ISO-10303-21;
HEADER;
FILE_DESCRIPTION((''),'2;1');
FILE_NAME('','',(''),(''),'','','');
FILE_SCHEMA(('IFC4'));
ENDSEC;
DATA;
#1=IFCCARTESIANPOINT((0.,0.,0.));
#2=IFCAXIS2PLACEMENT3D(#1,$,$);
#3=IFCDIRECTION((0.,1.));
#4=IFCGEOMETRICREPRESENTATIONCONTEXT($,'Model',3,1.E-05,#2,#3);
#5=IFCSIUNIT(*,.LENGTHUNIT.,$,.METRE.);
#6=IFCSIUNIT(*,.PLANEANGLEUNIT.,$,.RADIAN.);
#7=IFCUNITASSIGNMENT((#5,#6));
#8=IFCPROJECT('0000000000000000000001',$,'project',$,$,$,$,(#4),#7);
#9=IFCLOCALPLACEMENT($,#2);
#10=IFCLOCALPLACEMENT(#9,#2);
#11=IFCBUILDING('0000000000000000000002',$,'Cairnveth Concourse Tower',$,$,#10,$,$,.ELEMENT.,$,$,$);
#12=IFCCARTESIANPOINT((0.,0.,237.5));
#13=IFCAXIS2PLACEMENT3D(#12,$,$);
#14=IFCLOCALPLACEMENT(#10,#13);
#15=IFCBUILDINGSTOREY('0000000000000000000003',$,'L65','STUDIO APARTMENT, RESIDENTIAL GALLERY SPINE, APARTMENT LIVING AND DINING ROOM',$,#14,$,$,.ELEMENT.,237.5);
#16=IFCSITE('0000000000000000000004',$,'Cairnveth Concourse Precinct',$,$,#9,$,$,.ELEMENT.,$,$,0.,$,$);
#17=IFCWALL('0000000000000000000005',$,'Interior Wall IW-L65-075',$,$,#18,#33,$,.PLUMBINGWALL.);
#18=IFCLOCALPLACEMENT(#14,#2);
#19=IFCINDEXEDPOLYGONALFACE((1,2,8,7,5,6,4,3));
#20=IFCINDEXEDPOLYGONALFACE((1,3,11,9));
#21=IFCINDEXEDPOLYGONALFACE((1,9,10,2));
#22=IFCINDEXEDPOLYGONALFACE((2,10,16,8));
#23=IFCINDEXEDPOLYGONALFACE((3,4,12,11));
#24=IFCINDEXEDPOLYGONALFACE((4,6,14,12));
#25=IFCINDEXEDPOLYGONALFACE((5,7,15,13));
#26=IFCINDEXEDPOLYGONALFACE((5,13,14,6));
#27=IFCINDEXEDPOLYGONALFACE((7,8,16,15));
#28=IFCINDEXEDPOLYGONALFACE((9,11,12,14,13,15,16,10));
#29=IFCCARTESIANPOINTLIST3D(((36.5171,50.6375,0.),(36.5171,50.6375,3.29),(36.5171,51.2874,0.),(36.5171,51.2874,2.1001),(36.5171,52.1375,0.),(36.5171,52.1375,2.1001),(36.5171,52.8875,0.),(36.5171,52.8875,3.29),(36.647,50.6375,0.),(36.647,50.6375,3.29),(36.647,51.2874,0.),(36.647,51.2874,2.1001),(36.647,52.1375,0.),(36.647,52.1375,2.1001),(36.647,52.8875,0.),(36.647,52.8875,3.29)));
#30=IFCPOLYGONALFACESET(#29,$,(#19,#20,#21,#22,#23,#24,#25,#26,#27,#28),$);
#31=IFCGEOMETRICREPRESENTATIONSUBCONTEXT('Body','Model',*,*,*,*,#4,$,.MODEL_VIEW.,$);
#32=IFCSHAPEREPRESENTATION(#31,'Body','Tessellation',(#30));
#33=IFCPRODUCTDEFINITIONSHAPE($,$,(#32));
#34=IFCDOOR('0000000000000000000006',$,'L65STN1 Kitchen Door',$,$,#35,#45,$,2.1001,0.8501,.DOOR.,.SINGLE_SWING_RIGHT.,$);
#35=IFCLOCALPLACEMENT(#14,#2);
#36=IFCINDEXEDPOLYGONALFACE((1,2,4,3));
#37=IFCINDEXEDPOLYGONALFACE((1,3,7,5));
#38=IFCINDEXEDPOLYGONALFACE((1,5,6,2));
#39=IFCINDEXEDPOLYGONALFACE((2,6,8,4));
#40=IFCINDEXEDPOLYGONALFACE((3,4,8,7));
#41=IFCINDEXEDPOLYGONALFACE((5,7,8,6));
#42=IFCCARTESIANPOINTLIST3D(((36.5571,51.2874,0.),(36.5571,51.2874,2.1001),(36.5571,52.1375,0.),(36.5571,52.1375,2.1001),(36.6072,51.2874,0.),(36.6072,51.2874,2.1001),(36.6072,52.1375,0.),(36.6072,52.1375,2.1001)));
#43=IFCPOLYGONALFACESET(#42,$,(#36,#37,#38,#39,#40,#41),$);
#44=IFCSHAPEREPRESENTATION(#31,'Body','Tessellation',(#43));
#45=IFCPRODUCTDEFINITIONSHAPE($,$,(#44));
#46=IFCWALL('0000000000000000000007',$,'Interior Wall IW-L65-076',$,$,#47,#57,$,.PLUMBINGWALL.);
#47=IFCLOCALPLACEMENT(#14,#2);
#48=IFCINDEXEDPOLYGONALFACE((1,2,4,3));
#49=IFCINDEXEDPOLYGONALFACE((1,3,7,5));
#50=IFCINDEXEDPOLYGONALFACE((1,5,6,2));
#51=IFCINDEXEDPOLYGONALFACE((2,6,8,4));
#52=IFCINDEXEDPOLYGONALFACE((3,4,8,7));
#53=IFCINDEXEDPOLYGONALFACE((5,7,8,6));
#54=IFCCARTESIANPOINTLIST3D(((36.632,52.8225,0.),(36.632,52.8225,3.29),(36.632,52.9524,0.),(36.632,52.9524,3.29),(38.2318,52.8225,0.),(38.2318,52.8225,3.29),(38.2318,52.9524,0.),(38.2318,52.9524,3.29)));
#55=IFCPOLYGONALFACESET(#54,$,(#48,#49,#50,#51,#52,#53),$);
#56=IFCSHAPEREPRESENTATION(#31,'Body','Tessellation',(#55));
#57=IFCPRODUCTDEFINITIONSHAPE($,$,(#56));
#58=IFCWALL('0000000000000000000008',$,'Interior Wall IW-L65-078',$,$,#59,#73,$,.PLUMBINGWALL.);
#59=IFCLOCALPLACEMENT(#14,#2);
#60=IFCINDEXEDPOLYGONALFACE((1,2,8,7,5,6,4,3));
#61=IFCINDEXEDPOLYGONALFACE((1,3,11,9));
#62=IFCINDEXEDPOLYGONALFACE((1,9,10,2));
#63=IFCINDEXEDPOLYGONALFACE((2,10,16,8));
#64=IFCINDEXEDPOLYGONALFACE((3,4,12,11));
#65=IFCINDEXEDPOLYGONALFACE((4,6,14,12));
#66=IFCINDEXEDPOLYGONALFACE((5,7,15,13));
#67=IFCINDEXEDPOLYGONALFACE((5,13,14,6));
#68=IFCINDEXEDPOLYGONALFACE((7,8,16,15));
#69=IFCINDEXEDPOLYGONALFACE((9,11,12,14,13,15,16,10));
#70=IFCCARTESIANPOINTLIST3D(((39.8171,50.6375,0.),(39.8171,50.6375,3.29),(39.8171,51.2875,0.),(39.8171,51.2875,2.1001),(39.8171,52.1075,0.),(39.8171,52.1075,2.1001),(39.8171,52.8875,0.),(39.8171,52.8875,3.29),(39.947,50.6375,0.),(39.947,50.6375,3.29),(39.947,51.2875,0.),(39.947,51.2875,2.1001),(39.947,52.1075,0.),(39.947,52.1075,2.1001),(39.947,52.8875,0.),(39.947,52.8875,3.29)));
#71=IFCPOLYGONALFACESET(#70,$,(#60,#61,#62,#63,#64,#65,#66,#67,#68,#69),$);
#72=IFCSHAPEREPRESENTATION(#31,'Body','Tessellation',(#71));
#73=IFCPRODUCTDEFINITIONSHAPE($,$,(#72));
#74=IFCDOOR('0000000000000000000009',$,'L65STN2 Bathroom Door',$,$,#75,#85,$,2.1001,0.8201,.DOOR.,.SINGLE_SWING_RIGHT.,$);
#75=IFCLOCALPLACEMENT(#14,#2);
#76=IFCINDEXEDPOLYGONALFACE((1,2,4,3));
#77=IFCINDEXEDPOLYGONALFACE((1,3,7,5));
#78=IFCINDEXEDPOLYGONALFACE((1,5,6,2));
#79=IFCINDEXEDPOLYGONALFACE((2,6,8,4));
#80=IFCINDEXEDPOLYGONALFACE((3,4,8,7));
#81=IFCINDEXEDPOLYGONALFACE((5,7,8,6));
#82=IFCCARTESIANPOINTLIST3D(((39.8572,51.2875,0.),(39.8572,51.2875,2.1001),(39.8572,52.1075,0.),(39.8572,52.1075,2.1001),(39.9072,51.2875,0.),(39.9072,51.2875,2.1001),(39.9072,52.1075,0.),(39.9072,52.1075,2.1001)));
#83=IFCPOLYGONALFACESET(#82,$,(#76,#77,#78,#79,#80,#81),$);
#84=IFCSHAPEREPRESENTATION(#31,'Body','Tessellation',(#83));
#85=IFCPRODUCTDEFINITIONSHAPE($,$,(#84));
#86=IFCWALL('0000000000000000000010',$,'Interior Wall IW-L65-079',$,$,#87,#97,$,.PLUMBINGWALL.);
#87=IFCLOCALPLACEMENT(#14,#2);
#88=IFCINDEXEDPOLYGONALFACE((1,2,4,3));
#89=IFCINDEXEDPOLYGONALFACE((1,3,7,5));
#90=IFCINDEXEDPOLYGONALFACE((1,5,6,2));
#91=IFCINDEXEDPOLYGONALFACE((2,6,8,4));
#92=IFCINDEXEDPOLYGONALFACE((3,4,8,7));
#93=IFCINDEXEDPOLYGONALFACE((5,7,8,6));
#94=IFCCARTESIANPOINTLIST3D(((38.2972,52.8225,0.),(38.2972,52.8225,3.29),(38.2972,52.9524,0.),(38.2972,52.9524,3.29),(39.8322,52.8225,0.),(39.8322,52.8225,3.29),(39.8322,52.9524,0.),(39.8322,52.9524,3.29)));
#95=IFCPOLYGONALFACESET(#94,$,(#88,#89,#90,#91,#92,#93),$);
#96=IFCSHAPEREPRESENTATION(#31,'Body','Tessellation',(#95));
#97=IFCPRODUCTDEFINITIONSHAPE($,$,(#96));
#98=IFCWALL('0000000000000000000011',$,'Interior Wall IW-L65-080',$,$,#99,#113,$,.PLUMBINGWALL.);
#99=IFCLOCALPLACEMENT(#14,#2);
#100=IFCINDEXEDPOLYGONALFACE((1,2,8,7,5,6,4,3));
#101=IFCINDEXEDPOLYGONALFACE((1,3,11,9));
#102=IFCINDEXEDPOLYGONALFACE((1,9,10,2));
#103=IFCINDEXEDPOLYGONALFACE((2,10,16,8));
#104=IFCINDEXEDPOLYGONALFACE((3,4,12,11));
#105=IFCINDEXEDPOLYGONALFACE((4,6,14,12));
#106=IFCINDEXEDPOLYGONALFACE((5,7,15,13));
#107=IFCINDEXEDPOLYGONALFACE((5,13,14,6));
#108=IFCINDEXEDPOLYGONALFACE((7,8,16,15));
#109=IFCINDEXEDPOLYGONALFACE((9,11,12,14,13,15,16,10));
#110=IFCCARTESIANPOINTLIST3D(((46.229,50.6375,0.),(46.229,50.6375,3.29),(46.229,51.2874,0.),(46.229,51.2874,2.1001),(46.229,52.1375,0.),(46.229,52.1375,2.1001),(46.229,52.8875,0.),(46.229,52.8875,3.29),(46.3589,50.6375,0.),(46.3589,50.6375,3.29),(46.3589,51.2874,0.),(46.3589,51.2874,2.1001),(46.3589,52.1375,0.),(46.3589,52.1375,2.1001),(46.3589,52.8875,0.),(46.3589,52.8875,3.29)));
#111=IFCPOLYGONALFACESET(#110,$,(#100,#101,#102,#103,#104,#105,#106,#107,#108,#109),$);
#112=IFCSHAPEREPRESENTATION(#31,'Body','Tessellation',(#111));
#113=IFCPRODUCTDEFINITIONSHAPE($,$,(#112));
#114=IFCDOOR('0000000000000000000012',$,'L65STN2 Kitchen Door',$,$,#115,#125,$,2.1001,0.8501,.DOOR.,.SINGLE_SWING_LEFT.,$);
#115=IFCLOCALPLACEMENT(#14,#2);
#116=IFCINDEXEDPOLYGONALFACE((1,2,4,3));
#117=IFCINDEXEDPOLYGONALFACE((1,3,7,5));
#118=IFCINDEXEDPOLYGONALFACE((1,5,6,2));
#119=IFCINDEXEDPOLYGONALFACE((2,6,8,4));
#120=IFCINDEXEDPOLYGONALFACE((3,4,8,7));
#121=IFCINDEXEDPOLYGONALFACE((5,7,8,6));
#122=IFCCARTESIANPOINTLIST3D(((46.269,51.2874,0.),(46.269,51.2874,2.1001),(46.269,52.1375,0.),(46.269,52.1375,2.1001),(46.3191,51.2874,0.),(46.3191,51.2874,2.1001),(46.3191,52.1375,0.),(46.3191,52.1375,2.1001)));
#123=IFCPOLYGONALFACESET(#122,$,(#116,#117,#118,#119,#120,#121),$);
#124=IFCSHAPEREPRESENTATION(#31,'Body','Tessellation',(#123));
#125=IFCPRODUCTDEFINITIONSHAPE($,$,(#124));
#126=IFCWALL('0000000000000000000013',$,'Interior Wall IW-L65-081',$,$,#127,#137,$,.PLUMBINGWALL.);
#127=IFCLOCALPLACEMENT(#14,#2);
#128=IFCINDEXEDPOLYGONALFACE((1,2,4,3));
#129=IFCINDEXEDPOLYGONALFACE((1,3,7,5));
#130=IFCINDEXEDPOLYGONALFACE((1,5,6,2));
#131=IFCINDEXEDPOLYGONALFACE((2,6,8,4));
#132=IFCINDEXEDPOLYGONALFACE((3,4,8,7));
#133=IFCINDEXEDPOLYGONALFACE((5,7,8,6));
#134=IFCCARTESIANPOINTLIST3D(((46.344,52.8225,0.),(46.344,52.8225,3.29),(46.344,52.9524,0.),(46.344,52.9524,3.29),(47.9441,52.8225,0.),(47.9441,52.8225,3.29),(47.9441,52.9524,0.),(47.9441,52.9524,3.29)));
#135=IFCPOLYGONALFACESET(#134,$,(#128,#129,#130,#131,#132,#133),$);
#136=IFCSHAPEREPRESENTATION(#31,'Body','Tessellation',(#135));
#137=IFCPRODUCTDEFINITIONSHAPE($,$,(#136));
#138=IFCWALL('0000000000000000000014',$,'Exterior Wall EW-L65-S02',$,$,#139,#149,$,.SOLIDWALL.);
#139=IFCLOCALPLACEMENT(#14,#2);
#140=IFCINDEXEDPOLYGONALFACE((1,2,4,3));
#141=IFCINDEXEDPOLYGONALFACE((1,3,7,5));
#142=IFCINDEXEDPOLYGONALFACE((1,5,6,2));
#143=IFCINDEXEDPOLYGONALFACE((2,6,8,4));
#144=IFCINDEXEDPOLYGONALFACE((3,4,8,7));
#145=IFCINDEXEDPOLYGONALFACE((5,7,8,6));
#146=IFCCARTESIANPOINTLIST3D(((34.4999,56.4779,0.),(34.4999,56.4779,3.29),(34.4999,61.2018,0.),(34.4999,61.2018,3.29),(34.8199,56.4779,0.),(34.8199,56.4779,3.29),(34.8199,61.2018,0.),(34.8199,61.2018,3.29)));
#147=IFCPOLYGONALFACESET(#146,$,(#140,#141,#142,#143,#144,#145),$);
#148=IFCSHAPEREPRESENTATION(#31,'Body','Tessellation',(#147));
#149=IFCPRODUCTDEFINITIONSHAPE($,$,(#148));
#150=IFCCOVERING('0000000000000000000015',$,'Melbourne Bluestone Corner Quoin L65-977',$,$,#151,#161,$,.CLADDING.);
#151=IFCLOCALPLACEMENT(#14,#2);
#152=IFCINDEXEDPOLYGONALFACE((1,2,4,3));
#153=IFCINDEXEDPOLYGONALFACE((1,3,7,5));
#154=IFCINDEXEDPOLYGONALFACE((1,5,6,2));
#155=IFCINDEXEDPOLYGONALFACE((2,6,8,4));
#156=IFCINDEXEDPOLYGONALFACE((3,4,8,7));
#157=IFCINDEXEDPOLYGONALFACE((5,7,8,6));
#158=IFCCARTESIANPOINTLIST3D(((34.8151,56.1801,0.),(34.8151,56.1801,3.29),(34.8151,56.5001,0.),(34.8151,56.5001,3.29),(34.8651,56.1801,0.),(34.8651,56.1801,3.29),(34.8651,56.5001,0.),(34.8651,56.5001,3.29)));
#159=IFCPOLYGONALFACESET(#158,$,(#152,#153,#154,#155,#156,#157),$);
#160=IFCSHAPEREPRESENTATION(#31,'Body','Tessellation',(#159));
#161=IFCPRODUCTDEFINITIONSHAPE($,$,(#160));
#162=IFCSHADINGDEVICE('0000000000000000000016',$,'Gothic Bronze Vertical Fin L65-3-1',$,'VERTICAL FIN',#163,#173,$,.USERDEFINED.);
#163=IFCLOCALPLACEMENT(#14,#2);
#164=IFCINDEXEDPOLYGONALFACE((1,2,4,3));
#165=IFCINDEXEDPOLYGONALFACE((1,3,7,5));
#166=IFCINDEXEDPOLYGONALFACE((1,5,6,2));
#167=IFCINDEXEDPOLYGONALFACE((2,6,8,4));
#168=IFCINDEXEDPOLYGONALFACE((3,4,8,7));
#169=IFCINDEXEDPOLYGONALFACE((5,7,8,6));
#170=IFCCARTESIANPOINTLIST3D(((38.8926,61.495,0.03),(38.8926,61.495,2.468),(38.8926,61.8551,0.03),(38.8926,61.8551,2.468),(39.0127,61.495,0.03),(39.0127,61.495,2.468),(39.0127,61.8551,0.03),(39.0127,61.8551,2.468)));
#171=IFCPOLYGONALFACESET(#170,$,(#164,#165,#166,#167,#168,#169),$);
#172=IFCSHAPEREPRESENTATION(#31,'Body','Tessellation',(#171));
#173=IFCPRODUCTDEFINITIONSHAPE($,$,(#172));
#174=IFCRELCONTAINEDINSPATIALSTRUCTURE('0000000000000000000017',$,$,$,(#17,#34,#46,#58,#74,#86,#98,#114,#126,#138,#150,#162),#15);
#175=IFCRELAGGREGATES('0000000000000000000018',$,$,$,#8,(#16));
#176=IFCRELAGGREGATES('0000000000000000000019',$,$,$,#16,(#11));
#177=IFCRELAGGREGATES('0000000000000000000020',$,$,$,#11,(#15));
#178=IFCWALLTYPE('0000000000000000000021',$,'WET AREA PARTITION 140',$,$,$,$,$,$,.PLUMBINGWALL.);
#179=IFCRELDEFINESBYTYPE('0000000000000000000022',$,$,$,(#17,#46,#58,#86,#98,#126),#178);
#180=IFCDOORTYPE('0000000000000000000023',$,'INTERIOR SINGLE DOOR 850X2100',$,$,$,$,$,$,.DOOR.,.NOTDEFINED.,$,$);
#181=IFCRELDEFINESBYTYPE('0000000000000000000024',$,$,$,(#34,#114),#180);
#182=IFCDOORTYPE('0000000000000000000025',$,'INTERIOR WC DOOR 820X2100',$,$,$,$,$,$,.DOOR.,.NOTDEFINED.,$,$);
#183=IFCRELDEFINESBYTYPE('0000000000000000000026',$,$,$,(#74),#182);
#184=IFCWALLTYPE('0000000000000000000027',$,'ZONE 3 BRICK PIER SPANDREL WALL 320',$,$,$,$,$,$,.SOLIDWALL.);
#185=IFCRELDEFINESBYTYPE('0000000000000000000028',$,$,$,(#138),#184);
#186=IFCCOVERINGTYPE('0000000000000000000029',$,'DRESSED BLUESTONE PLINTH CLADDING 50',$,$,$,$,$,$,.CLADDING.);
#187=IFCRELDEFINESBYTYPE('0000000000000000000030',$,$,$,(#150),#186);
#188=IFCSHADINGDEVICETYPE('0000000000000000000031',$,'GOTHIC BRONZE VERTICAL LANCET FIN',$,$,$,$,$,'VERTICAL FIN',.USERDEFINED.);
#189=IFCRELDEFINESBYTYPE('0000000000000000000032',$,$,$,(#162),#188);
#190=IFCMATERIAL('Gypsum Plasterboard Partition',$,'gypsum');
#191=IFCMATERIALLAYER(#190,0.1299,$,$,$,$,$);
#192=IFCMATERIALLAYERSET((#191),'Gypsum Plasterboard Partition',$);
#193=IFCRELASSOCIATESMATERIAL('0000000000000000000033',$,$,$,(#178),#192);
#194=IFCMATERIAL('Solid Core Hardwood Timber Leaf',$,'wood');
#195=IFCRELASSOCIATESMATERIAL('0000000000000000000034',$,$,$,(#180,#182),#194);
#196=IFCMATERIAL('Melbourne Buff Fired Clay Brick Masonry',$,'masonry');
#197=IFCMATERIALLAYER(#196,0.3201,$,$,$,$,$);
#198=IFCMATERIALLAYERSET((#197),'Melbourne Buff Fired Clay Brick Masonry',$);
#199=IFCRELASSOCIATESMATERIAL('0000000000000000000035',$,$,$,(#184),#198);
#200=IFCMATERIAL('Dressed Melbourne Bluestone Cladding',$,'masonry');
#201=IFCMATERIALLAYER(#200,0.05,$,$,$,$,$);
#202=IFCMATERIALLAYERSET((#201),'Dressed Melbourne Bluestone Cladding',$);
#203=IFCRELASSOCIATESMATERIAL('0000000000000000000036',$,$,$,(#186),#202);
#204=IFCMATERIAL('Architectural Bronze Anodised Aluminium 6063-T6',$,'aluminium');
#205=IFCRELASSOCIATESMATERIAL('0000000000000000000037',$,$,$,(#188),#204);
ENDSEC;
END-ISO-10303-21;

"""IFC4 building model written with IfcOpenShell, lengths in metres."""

from ifc_helpers import new_model, si_unit, direction, frame, frame_2d, origin, origin_2d, place, context, subcontext, project, spatial, rectangle, extrude, material, layer, layer_set, type_object, element, fill, save


model = new_model("IFC4")

# Units and contexts
model_context = context("Model", 3, precision=1e-05, world=origin(), true_north=direction((0.0, 1.0)))
body_context = subcontext(model_context, "Body", "Model", "MODEL_VIEW")
ifc_project = project(units=[si_unit("LENGTHUNIT", "METRE"), si_unit("PLANEANGLEUNIT", "RADIAN")], contexts=[model_context])

# Site, building, storey
site_placement = place(None, origin())
site = spatial("IfcSite", under=ifc_project, at=site_placement, Name="Cairnveth Concourse Precinct", CompositionType="ELEMENT", RefElevation=0.0)
building_placement = place(site_placement, origin())
building = spatial("IfcBuilding", under=site, at=building_placement, Name="Cairnveth Concourse Tower", CompositionType="ELEMENT")
storey_placement = place(building_placement, frame((0.0, 0.0, 237.5)))
storey = spatial("IfcBuildingStorey", under=building, at=storey_placement, Name="L65", Description="STUDIO APARTMENT, RESIDENTIAL GALLERY SPINE, APARTMENT LIVING AND DINING ROOM", CompositionType="ELEMENT", Elevation=237.5)

# Shared definitions
ifc_material_1 = material(Name="Gypsum Plasterboard Partition", Category="gypsum")

# Wall, opening, door
ifc_layer_1 = layer(ifc_material_1, 0.1299)
ifc_layer_set_1 = layer_set([ifc_layer_1], Name="Gypsum Plasterboard Partition")
wall_type_1 = type_object("IfcWallType", Name="WET AREA PARTITION 140", PredefinedType="PLUMBINGWALL", material=ifc_layer_set_1)
wall_1_placement = place(storey_placement, frame((36.582, 50.6375, 0.0), z_axis=(0.0, 0.0, 1.0), x_axis=(0.0, 1.0, 0.0)))
wall_1 = element("IfcWall", 1, at=wall_1_placement, inside=storey, type_object=wall_type_1, Name="Interior Wall IW-L65-075", PredefinedType="PLUMBINGWALL", context=body_context, shape_type="SweptSolid", body=[
    extrude(rectangle(XDim=2.25, YDim=0.1299, at=frame_2d((1.125, 0.0))), origin(), (0.0, 0.0, 1.0), 3.29),
])
opening_1_placement = place(wall_1_placement, frame((0.6499, 0.0, 0.0)))
opening_1 = element("IfcOpeningElement", 2, at=opening_1_placement, cuts=wall_1, PredefinedType="OPENING", context=body_context, shape_type="SweptSolid", body=[
    extrude(rectangle(XDim=0.8501, YDim=2.1001, at=frame_2d((0.425, 1.05))), frame((0.0, 0.075, 0.0), z_axis=(0.0, -1.0, 0.0), x_axis=(1.0, 0.0, 0.0)), (0.0, 0.0, 1.0), 0.1499),
])
ifc_material_2 = material(Name="Solid Core Hardwood Timber Leaf", Category="wood")
door_type_1 = type_object("IfcDoorType", Name="INTERIOR SINGLE DOOR 850X2100", OperationType="NOTDEFINED", PredefinedType="DOOR", material=ifc_material_2)
door_1_placement = place(opening_1_placement, origin())
door_1 = element("IfcDoor", 3, at=door_1_placement, inside=storey, type_object=door_type_1, Name="L65STN1 Kitchen Door", OperationType="SINGLE_SWING_RIGHT", OverallHeight=2.1001, OverallWidth=0.8501, PredefinedType="DOOR", context=body_context, shape_type="SweptSolid", body=[
    extrude(rectangle(XDim=0.8501, YDim=2.1001, at=frame_2d((0.425, 1.05))), frame((0.0, 0.0249, 0.0), z_axis=(0.0, -1.0, 0.0), x_axis=(1.0, 0.0, 0.0)), (0.0, 0.0, 1.0), 0.05),
])
fill(opening_1, door_1)

# Wall
wall_2_placement = place(storey_placement, frame((36.6321, 52.8875, 0.0), z_axis=(0.0, 0.0, 1.0), x_axis=(1.0, 0.0, 0.0)))
element("IfcWall", 4, at=wall_2_placement, inside=storey, type_object=wall_type_1, Name="Interior Wall IW-L65-076", PredefinedType="PLUMBINGWALL", context=body_context, shape_type="SweptSolid", body=[
    extrude(rectangle(XDim=1.5999, YDim=0.1299, at=frame_2d((0.7998, 0.0))), origin(), (0.0, 0.0, 1.0), 3.29),
])

# Wall, opening, door
wall_3_placement = place(storey_placement, frame((39.8821, 50.6375, 0.0), z_axis=(0.0, 0.0, 1.0), x_axis=(0.0, 1.0, 0.0)))
wall_3 = element("IfcWall", 5, at=wall_3_placement, inside=storey, type_object=wall_type_1, Name="Interior Wall IW-L65-078", PredefinedType="PLUMBINGWALL", context=body_context, shape_type="SweptSolid", body=[
    extrude(rectangle(XDim=2.25, YDim=0.1299, at=frame_2d((1.125, 0.0))), origin(), (0.0, 0.0, 1.0), 3.29),
])
opening_2_placement = place(wall_3_placement, frame((0.6499, 0.0, 0.0)))
opening_2 = element("IfcOpeningElement", 6, at=opening_2_placement, cuts=wall_3, PredefinedType="OPENING", context=body_context, shape_type="SweptSolid", body=[
    extrude(rectangle(XDim=0.8201, YDim=2.1001, at=frame_2d((0.4102, 1.05))), frame((0.0, 0.075, 0.0), z_axis=(0.0, -1.0, 0.0), x_axis=(1.0, 0.0, 0.0)), (0.0, 0.0, 1.0), 0.1499),
])
door_type_2 = type_object("IfcDoorType", Name="INTERIOR WC DOOR 820X2100", OperationType="NOTDEFINED", PredefinedType="DOOR", material=ifc_material_2)
door_2_placement = place(opening_2_placement, origin())
door_2 = element("IfcDoor", 7, at=door_2_placement, inside=storey, type_object=door_type_2, Name="L65STN2 Bathroom Door", OperationType="SINGLE_SWING_RIGHT", OverallHeight=2.1001, OverallWidth=0.8201, PredefinedType="DOOR", context=body_context, shape_type="SweptSolid", body=[
    extrude(rectangle(XDim=0.8201, YDim=2.1001, at=frame_2d((0.4102, 1.05))), frame((0.0, 0.0249, 0.0), z_axis=(0.0, -1.0, 0.0), x_axis=(1.0, 0.0, 0.0)), (0.0, 0.0, 1.0), 0.05),
])
fill(opening_2, door_2)

# Wall
wall_4_placement = place(storey_placement, frame((38.2971, 52.8875, 0.0), z_axis=(0.0, 0.0, 1.0), x_axis=(1.0, 0.0, 0.0)))
element("IfcWall", 8, at=wall_4_placement, inside=storey, type_object=wall_type_1, Name="Interior Wall IW-L65-079", PredefinedType="PLUMBINGWALL", context=body_context, shape_type="SweptSolid", body=[
    extrude(rectangle(XDim=1.5349, YDim=0.1299, at=frame_2d((0.7676, 0.0))), origin(), (0.0, 0.0, 1.0), 3.29),
])

# Wall, opening, door
wall_5_placement = place(storey_placement, frame((46.2939, 50.6375, 0.0), z_axis=(0.0, 0.0, 1.0), x_axis=(0.0, 1.0, 0.0)))
wall_5 = element("IfcWall", 9, at=wall_5_placement, inside=storey, type_object=wall_type_1, Name="Interior Wall IW-L65-080", PredefinedType="PLUMBINGWALL", context=body_context, shape_type="SweptSolid", body=[
    extrude(rectangle(XDim=2.25, YDim=0.1299, at=frame_2d((1.125, 0.0))), origin(), (0.0, 0.0, 1.0), 3.29),
])
opening_3_placement = place(wall_5_placement, frame((0.6499, 0.0, 0.0)))
opening_3 = element("IfcOpeningElement", 10, at=opening_3_placement, cuts=wall_5, PredefinedType="OPENING", context=body_context, shape_type="SweptSolid", body=[
    extrude(rectangle(XDim=0.8501, YDim=2.1001, at=frame_2d((0.425, 1.05))), frame((0.0, 0.075, 0.0), z_axis=(0.0, -1.0, 0.0), x_axis=(1.0, 0.0, 0.0)), (0.0, 0.0, 1.0), 0.1499),
])
door_3_placement = place(opening_3_placement, origin())
door_3 = element("IfcDoor", 11, at=door_3_placement, inside=storey, type_object=door_type_1, Name="L65STN2 Kitchen Door", OperationType="SINGLE_SWING_LEFT", OverallHeight=2.1001, OverallWidth=0.8501, PredefinedType="DOOR", context=body_context, shape_type="SweptSolid", body=[
    extrude(rectangle(XDim=0.8501, YDim=2.1001, at=frame_2d((0.425, 1.05))), frame((0.0, 0.0249, 0.0), z_axis=(0.0, -1.0, 0.0), x_axis=(1.0, 0.0, 0.0)), (0.0, 0.0, 1.0), 0.05),
])
fill(opening_3, door_3)

# Walls
wall_6_placement = place(storey_placement, frame((46.344, 52.8875, 0.0), z_axis=(0.0, 0.0, 1.0), x_axis=(1.0, 0.0, 0.0)))
element("IfcWall", 12, at=wall_6_placement, inside=storey, type_object=wall_type_1, Name="Interior Wall IW-L65-081", PredefinedType="PLUMBINGWALL", context=body_context, shape_type="SweptSolid", body=[
    extrude(rectangle(XDim=1.6001, YDim=0.1299, at=frame_2d((0.8, 0.0))), origin(), (0.0, 0.0, 1.0), 3.29),
])
ifc_material_3 = material(Name="Melbourne Buff Fired Clay Brick Masonry", Category="masonry")
ifc_layer_2 = layer(ifc_material_3, 0.3201)
ifc_layer_set_2 = layer_set([ifc_layer_2], Name="Melbourne Buff Fired Clay Brick Masonry")
wall_type_2 = type_object("IfcWallType", Name="ZONE 3 BRICK PIER SPANDREL WALL 320", PredefinedType="SOLIDWALL", material=ifc_layer_set_2)
wall_7_placement = place(storey_placement, frame((34.6599, 56.478, 0.0), z_axis=(0.0, 0.0, 1.0), x_axis=(0.0, 1.0, 0.0)))
element("IfcWall", 13, at=wall_7_placement, inside=storey, type_object=wall_type_2, Name="Exterior Wall EW-L65-S02", PredefinedType="SOLIDWALL", context=body_context, shape_type="SweptSolid", body=[
    extrude(rectangle(XDim=4.7239, YDim=0.3201, at=frame_2d((2.3618, 0.0))), origin(), (0.0, 0.0, 1.0), 3.29),
])

# Covering
ifc_material_4 = material(Name="Dressed Melbourne Bluestone Cladding", Category="masonry")
ifc_layer_3 = layer(ifc_material_4, 0.05)
ifc_layer_set_3 = layer_set([ifc_layer_3], Name="Dressed Melbourne Bluestone Cladding")
covering_type = type_object("IfcCoveringType", Name="DRESSED BLUESTONE PLINTH CLADDING 50", PredefinedType="CLADDING", material=ifc_layer_set_3)
covering_placement = place(storey_placement, frame((34.8401, 56.1799, 0.0), z_axis=(0.0, 0.0, 1.0), x_axis=(0.0, 1.0, 0.0)))
element("IfcCovering", 14, at=covering_placement, inside=storey, type_object=covering_type, Name="Melbourne Bluestone Corner Quoin L65-977", PredefinedType="CLADDING", context=body_context, shape_type="SweptSolid", body=[
    extrude(rectangle(XDim=0.3201, YDim=0.05, at=frame_2d((0.1602, 0.0))), origin(), (0.0, 0.0, 1.0), 3.29),
])

# Shading device
ifc_material_5 = material(Name="Architectural Bronze Anodised Aluminium 6063-T6", Category="aluminium")
shading_device_type = type_object("IfcShadingDeviceType", Name="GOTHIC BRONZE VERTICAL LANCET FIN", ElementType="VERTICAL FIN", PredefinedType="USERDEFINED", material=ifc_material_5)
for number, where, z_axis, x_axis, name in (
    (15, (38.9526, 61.675, 0.03), (0.0, 0.0, 1.0), (1.0, 0.0, 0.0), "Gothic Bronze Vertical Fin L65-3-1"),
):
    element("IfcShadingDevice", number, at=place(storey_placement, frame(where, z_axis=z_axis, x_axis=x_axis)), inside=storey, type_object=shading_device_type, Name=name, ObjectType="VERTICAL FIN", PredefinedType="USERDEFINED", context=body_context, shape_type="SweptSolid", body=[
        extrude(rectangle(XDim=0.1201, YDim=0.3601, at=origin_2d()), origin(), (0.0, 0.0, 1.0), 2.438),
    ])

save(model, "model.ifc")
